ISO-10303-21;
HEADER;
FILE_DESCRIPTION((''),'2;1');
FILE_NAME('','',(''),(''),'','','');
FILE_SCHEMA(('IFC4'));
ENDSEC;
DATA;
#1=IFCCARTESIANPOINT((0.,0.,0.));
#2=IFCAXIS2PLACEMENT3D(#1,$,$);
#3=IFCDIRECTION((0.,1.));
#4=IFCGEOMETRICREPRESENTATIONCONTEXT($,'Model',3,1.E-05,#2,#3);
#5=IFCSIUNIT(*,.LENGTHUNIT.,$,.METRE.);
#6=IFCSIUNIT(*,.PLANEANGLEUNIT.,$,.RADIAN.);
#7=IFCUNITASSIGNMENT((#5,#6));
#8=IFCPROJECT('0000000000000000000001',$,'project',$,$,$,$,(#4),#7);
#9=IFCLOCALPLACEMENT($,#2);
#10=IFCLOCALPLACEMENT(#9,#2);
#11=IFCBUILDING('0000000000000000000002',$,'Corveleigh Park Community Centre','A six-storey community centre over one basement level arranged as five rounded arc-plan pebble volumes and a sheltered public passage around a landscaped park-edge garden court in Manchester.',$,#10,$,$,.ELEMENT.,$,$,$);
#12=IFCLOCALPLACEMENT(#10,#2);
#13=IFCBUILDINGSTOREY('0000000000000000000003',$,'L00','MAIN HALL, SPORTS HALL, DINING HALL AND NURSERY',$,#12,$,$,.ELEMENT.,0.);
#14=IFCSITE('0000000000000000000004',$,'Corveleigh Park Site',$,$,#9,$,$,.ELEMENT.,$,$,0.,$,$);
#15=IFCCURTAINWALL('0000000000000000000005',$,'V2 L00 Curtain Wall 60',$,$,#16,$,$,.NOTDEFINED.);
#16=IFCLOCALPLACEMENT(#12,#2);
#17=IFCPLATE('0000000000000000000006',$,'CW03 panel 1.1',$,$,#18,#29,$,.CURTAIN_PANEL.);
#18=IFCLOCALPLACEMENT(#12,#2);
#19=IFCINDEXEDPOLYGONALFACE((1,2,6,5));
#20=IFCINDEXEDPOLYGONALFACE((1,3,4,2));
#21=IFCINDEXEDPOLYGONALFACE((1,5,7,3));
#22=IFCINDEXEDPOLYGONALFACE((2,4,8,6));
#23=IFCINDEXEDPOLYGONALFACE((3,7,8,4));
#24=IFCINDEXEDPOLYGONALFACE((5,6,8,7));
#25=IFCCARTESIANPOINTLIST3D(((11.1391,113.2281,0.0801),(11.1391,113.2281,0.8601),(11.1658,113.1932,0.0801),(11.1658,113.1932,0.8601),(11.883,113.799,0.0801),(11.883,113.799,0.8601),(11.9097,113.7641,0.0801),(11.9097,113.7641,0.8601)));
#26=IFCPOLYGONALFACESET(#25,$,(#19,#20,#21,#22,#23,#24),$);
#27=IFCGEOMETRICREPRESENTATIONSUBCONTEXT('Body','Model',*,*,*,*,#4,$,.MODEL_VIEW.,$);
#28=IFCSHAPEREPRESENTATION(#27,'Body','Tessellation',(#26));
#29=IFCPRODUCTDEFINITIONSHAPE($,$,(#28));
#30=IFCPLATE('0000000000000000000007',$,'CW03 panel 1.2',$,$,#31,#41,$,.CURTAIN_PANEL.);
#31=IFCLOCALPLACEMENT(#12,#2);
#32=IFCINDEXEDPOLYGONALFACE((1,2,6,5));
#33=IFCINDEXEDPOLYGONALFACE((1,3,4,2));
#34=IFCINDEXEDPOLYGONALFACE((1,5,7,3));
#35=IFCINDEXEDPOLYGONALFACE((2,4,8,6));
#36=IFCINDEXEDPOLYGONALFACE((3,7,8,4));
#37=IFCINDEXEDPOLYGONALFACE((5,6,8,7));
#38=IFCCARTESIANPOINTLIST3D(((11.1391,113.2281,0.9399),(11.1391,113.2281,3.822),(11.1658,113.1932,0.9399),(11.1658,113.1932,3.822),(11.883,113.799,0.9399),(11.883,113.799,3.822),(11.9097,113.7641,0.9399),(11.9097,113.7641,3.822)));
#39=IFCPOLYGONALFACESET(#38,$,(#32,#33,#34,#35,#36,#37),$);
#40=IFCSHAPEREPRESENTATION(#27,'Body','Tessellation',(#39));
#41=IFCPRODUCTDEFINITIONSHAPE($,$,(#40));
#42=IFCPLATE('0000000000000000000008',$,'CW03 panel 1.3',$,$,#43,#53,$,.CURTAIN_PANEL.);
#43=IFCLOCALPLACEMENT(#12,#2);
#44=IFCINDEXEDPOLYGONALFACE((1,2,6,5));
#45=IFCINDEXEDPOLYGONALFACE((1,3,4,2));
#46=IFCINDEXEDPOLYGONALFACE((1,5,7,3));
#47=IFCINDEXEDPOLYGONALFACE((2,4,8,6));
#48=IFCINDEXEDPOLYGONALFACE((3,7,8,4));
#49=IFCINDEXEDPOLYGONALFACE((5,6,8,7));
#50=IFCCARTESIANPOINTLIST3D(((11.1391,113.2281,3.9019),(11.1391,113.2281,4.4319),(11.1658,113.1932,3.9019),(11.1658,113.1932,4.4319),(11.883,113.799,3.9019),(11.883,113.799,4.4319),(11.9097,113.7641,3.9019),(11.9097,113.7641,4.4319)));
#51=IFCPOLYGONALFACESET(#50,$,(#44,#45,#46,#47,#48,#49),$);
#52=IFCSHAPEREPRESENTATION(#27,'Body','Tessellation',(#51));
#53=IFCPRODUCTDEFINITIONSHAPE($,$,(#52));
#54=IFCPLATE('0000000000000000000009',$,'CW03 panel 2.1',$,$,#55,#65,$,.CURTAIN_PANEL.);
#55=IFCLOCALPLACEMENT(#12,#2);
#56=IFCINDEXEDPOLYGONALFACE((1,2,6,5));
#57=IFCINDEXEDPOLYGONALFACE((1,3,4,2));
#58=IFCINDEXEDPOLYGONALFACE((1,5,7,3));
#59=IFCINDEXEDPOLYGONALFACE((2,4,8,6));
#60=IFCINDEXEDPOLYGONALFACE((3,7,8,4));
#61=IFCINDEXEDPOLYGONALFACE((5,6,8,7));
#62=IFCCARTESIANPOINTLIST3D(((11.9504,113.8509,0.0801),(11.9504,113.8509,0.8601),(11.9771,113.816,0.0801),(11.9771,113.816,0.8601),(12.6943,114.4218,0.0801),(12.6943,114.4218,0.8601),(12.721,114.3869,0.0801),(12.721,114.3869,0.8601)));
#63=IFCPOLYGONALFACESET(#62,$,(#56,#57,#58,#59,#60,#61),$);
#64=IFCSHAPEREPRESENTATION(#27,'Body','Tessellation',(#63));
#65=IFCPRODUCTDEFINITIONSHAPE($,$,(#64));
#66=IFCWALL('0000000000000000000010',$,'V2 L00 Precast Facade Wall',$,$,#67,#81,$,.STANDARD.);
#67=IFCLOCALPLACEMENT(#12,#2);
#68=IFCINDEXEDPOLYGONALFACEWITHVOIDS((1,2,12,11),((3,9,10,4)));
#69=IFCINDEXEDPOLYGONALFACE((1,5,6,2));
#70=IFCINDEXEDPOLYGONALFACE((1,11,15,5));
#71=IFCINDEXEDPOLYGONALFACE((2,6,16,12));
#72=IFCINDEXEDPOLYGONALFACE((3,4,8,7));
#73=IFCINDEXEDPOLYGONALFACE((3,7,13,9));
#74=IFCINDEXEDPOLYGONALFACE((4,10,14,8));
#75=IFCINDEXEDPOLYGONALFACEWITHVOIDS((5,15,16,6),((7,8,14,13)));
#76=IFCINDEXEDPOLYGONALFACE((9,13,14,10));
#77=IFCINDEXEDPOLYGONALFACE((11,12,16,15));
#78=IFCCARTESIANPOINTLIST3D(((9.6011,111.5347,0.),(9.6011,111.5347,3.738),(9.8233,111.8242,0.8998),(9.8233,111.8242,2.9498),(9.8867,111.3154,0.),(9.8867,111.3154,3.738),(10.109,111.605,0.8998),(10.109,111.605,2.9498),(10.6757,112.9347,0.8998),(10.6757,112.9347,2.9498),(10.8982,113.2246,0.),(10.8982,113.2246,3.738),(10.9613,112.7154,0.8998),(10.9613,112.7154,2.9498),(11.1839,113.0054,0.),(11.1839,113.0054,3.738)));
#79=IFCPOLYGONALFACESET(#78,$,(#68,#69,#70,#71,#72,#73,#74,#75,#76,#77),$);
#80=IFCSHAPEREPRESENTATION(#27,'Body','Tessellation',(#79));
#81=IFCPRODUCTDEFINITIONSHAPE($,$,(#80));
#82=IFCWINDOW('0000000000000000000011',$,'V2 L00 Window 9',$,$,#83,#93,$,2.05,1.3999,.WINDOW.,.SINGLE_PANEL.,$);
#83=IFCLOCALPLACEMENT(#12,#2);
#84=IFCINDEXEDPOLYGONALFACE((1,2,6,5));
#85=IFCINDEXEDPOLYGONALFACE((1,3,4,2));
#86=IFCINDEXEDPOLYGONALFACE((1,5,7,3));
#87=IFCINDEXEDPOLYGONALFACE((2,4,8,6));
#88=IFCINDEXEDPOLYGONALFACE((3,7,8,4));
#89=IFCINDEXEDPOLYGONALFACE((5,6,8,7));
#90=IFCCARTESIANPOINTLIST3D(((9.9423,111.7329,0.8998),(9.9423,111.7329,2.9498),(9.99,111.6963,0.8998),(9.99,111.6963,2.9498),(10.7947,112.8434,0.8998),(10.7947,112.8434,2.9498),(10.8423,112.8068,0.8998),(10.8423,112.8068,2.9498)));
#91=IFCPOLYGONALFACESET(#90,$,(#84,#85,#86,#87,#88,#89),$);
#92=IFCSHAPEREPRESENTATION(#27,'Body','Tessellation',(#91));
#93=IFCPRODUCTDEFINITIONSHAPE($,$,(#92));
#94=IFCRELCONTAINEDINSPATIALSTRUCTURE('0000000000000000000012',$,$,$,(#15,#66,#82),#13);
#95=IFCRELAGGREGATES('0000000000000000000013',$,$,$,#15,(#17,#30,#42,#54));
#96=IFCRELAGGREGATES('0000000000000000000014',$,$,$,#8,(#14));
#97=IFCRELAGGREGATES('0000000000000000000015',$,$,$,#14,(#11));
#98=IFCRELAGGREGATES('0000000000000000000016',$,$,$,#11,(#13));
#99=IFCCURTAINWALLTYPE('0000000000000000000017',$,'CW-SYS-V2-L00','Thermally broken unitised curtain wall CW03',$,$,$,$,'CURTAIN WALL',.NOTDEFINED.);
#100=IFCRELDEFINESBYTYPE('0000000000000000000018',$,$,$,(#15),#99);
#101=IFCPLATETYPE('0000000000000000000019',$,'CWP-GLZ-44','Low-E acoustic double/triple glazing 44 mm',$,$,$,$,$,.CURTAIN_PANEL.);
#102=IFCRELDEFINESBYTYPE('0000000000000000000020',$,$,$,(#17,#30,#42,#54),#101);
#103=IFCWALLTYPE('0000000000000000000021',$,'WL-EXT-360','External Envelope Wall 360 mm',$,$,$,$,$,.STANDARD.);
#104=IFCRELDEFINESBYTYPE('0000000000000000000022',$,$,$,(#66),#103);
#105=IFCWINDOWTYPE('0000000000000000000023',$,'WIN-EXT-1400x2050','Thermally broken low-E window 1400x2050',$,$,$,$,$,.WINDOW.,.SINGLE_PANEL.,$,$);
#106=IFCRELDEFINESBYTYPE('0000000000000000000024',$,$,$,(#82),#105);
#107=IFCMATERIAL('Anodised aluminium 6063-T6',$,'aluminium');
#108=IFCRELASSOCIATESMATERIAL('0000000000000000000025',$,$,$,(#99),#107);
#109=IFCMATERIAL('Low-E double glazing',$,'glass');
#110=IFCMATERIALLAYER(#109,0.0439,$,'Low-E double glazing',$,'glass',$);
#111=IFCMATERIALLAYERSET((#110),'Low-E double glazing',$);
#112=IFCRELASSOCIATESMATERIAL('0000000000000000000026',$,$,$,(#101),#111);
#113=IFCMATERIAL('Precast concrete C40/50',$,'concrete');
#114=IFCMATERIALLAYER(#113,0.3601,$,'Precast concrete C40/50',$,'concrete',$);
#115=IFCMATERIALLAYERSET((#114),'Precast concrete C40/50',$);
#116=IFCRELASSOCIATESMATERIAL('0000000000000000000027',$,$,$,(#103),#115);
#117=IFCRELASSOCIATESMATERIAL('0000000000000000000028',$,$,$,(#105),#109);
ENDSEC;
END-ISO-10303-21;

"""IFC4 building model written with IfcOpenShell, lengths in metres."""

from ifc_helpers import new_model, si_unit, direction, frame, frame_2d, origin, origin_2d, place, context, subcontext, project, spatial, rectangle, extrude, material, layer, layer_set, type_object, element, fill, aggregate, save


model = new_model("IFC4")

# Units and contexts
model_context = context("Model", 3, precision=1e-05, world=origin(), true_north=direction((0.0, 1.0)))
body_context = subcontext(model_context, "Body", "Model", "MODEL_VIEW")
ifc_project = project(units=[si_unit("LENGTHUNIT", "METRE"), si_unit("PLANEANGLEUNIT", "RADIAN")], contexts=[model_context])

# Site, building, storey
site_placement = place(None, origin())
site = spatial("IfcSite", under=ifc_project, at=site_placement, Name="Corveleigh Park Site", CompositionType="ELEMENT", RefElevation=0.0)
building_placement = place(site_placement, origin())
building = spatial("IfcBuilding", under=site, at=building_placement, Name="Corveleigh Park Community Centre", Description="A six-storey community centre over one basement level arranged as five rounded arc-plan pebble volumes and a sheltered public passage around a landscaped park-edge garden court in Manchester.", CompositionType="ELEMENT")
storey_placement = place(building_placement, origin())
storey = spatial("IfcBuildingStorey", under=building, at=storey_placement, Name="L00", Description="MAIN HALL, SPORTS HALL, DINING HALL AND NURSERY", CompositionType="ELEMENT", Elevation=0.0)

# Curtain wall
ifc_material_1 = material(Name="Anodised aluminium 6063-T6", Category="aluminium")
curtain_wall_type = type_object("IfcCurtainWallType", Name="CW-SYS-V2-L00", Description="Thermally broken unitised curtain wall CW03", ElementType="CURTAIN WALL", PredefinedType="NOTDEFINED", material=ifc_material_1)
curtain_wall_1_placement = place(storey_placement, origin())
curtain_wall_1 = element("IfcCurtainWall", 1, at=curtain_wall_1_placement, inside=storey, type_object=curtain_wall_type, Name="V2 L00 Curtain Wall 60", PredefinedType="NOTDEFINED")

# Plates
ifc_material_2 = material(Name="Low-E double glazing", Category="glass")
ifc_layer_1 = layer(ifc_material_2, 0.0439, Name="Low-E double glazing", Category="glass")
ifc_layer_set_1 = layer_set([ifc_layer_1], Name="Low-E double glazing")
plate_type_1 = type_object("IfcPlateType", Name="CWP-GLZ-44", Description="Low-E acoustic double/triple glazing 44 mm", PredefinedType="CURTAIN_PANEL", material=ifc_layer_set_1)
plate_1_placement = place(storey_placement, frame((11.5244, 113.4961, 0.0801), z_axis=(0.0, 0.0, 1.0), x_axis=(0.793304, 0.608826, 0.0)))
plate_1 = element("IfcPlate", 2, at=plate_1_placement, type_object=plate_type_1, Name="CW03 panel 1.1", PredefinedType="CURTAIN_PANEL", context=body_context, shape_type="SweptSolid", body=[
    extrude(rectangle(XDim=0.9377, YDim=0.0439, at=origin_2d()), origin(), (0.0, 0.0, 1.0), 0.78),
])
plate_2_placement = place(storey_placement, frame((11.5244, 113.4961, 0.9399), z_axis=(0.0, 0.0, 1.0), x_axis=(0.793304, 0.608826, 0.0)))
plate_2 = element("IfcPlate", 3, at=plate_2_placement, type_object=plate_type_1, Name="CW03 panel 1.2", PredefinedType="CURTAIN_PANEL", context=body_context, shape_type="SweptSolid", body=[
    extrude(rectangle(XDim=0.9377, YDim=0.0439, at=origin_2d()), origin(), (0.0, 0.0, 1.0), 2.8821),
])
plate_3_placement = place(storey_placement, frame((11.5244, 113.4961, 3.9019), z_axis=(0.0, 0.0, 1.0), x_axis=(0.793304, 0.608826, 0.0)))
plate_3 = element("IfcPlate", 4, at=plate_3_placement, type_object=plate_type_1, Name="CW03 panel 1.3", PredefinedType="CURTAIN_PANEL", context=body_context, shape_type="SweptSolid", body=[
    extrude(rectangle(XDim=0.9377, YDim=0.0439, at=origin_2d()), origin(), (0.0, 0.0, 1.0), 0.53),
])
plate_4_placement = place(storey_placement, frame((12.3357, 114.1189, 0.0801), z_axis=(0.0, 0.0, 1.0), x_axis=(0.793304, 0.608826, 0.0)))
plate_4 = element("IfcPlate", 5, at=plate_4_placement, type_object=plate_type_1, Name="CW03 panel 2.1", PredefinedType="CURTAIN_PANEL", context=body_context, shape_type="SweptSolid", body=[
    extrude(rectangle(XDim=0.9377, YDim=0.0439, at=origin_2d()), origin(), (0.0, 0.0, 1.0), 0.78),
])
aggregate(curtain_wall_1, [plate_1, plate_2, plate_3, plate_4])

# Wall, opening, window
ifc_material_3 = material(Name="Precast concrete C40/50", Category="concrete")
ifc_layer_2 = layer(ifc_material_3, 0.3601, Name="Precast concrete C40/50", Category="concrete")
ifc_layer_set_2 = layer_set([ifc_layer_2], Name="Precast concrete C40/50")
wall_type = type_object("IfcWallType", Name="WL-EXT-360", Description="External Envelope Wall 360 mm", PredefinedType="STANDARD", material=ifc_layer_set_2)
wall_placement = place(storey_placement, frame((9.7439, 111.425, 0.0), z_axis=(0.0, 0.0, 1.0), x_axis=(0.608874, 0.793267, 0.0)))
wall = element("IfcWall", 6, at=wall_placement, inside=storey, type_object=wall_type, Name="V2 L00 Precast Facade Wall", PredefinedType="STANDARD", context=body_context, shape_type="SweptSolid", body=[
    extrude(rectangle(XDim=2.1304, YDim=0.3601, at=frame_2d((1.0652, 0.0))), origin(), (0.0, 0.0, 1.0), 3.738),
])
opening_placement = place(wall_placement, frame((0.365, 0.0, 0.8999)))
opening = element("IfcOpeningElement", 7, at=opening_placement, cuts=wall, PredefinedType="OPENING", context=body_context, shape_type="SweptSolid", body=[
    extrude(rectangle(XDim=1.3999, YDim=2.05, at=frame_2d((0.7, 1.0249))), frame((0.0, 0.1899, 0.0), z_axis=(0.0, -1.0, 0.0), x_axis=(1.0, 0.0, 0.0)), (0.0, 0.0, 1.0), 0.3801),
])
window_type = type_object("IfcWindowType", Name="WIN-EXT-1400x2050", Description="Thermally broken low-E window 1400x2050", PartitioningType="SINGLE_PANEL", PredefinedType="WINDOW", material=ifc_material_2)
window_placement = place(opening_placement, origin())
window = element("IfcWindow", 8, at=window_placement, inside=storey, type_object=window_type, Name="V2 L00 Window 9", OverallHeight=2.05, OverallWidth=1.3999, PartitioningType="SINGLE_PANEL", PredefinedType="WINDOW", context=body_context, shape_type="SweptSolid", body=[
    extrude(rectangle(XDim=1.3999, YDim=2.05, at=frame_2d((0.7, 1.0249))), frame((0.0, 0.03, 0.0), z_axis=(0.0, -1.0, 0.0), x_axis=(1.0, 0.0, 0.0)), (0.0, 0.0, 1.0), 0.0601),
])
fill(opening, window)

save(model, "model.ifc")
